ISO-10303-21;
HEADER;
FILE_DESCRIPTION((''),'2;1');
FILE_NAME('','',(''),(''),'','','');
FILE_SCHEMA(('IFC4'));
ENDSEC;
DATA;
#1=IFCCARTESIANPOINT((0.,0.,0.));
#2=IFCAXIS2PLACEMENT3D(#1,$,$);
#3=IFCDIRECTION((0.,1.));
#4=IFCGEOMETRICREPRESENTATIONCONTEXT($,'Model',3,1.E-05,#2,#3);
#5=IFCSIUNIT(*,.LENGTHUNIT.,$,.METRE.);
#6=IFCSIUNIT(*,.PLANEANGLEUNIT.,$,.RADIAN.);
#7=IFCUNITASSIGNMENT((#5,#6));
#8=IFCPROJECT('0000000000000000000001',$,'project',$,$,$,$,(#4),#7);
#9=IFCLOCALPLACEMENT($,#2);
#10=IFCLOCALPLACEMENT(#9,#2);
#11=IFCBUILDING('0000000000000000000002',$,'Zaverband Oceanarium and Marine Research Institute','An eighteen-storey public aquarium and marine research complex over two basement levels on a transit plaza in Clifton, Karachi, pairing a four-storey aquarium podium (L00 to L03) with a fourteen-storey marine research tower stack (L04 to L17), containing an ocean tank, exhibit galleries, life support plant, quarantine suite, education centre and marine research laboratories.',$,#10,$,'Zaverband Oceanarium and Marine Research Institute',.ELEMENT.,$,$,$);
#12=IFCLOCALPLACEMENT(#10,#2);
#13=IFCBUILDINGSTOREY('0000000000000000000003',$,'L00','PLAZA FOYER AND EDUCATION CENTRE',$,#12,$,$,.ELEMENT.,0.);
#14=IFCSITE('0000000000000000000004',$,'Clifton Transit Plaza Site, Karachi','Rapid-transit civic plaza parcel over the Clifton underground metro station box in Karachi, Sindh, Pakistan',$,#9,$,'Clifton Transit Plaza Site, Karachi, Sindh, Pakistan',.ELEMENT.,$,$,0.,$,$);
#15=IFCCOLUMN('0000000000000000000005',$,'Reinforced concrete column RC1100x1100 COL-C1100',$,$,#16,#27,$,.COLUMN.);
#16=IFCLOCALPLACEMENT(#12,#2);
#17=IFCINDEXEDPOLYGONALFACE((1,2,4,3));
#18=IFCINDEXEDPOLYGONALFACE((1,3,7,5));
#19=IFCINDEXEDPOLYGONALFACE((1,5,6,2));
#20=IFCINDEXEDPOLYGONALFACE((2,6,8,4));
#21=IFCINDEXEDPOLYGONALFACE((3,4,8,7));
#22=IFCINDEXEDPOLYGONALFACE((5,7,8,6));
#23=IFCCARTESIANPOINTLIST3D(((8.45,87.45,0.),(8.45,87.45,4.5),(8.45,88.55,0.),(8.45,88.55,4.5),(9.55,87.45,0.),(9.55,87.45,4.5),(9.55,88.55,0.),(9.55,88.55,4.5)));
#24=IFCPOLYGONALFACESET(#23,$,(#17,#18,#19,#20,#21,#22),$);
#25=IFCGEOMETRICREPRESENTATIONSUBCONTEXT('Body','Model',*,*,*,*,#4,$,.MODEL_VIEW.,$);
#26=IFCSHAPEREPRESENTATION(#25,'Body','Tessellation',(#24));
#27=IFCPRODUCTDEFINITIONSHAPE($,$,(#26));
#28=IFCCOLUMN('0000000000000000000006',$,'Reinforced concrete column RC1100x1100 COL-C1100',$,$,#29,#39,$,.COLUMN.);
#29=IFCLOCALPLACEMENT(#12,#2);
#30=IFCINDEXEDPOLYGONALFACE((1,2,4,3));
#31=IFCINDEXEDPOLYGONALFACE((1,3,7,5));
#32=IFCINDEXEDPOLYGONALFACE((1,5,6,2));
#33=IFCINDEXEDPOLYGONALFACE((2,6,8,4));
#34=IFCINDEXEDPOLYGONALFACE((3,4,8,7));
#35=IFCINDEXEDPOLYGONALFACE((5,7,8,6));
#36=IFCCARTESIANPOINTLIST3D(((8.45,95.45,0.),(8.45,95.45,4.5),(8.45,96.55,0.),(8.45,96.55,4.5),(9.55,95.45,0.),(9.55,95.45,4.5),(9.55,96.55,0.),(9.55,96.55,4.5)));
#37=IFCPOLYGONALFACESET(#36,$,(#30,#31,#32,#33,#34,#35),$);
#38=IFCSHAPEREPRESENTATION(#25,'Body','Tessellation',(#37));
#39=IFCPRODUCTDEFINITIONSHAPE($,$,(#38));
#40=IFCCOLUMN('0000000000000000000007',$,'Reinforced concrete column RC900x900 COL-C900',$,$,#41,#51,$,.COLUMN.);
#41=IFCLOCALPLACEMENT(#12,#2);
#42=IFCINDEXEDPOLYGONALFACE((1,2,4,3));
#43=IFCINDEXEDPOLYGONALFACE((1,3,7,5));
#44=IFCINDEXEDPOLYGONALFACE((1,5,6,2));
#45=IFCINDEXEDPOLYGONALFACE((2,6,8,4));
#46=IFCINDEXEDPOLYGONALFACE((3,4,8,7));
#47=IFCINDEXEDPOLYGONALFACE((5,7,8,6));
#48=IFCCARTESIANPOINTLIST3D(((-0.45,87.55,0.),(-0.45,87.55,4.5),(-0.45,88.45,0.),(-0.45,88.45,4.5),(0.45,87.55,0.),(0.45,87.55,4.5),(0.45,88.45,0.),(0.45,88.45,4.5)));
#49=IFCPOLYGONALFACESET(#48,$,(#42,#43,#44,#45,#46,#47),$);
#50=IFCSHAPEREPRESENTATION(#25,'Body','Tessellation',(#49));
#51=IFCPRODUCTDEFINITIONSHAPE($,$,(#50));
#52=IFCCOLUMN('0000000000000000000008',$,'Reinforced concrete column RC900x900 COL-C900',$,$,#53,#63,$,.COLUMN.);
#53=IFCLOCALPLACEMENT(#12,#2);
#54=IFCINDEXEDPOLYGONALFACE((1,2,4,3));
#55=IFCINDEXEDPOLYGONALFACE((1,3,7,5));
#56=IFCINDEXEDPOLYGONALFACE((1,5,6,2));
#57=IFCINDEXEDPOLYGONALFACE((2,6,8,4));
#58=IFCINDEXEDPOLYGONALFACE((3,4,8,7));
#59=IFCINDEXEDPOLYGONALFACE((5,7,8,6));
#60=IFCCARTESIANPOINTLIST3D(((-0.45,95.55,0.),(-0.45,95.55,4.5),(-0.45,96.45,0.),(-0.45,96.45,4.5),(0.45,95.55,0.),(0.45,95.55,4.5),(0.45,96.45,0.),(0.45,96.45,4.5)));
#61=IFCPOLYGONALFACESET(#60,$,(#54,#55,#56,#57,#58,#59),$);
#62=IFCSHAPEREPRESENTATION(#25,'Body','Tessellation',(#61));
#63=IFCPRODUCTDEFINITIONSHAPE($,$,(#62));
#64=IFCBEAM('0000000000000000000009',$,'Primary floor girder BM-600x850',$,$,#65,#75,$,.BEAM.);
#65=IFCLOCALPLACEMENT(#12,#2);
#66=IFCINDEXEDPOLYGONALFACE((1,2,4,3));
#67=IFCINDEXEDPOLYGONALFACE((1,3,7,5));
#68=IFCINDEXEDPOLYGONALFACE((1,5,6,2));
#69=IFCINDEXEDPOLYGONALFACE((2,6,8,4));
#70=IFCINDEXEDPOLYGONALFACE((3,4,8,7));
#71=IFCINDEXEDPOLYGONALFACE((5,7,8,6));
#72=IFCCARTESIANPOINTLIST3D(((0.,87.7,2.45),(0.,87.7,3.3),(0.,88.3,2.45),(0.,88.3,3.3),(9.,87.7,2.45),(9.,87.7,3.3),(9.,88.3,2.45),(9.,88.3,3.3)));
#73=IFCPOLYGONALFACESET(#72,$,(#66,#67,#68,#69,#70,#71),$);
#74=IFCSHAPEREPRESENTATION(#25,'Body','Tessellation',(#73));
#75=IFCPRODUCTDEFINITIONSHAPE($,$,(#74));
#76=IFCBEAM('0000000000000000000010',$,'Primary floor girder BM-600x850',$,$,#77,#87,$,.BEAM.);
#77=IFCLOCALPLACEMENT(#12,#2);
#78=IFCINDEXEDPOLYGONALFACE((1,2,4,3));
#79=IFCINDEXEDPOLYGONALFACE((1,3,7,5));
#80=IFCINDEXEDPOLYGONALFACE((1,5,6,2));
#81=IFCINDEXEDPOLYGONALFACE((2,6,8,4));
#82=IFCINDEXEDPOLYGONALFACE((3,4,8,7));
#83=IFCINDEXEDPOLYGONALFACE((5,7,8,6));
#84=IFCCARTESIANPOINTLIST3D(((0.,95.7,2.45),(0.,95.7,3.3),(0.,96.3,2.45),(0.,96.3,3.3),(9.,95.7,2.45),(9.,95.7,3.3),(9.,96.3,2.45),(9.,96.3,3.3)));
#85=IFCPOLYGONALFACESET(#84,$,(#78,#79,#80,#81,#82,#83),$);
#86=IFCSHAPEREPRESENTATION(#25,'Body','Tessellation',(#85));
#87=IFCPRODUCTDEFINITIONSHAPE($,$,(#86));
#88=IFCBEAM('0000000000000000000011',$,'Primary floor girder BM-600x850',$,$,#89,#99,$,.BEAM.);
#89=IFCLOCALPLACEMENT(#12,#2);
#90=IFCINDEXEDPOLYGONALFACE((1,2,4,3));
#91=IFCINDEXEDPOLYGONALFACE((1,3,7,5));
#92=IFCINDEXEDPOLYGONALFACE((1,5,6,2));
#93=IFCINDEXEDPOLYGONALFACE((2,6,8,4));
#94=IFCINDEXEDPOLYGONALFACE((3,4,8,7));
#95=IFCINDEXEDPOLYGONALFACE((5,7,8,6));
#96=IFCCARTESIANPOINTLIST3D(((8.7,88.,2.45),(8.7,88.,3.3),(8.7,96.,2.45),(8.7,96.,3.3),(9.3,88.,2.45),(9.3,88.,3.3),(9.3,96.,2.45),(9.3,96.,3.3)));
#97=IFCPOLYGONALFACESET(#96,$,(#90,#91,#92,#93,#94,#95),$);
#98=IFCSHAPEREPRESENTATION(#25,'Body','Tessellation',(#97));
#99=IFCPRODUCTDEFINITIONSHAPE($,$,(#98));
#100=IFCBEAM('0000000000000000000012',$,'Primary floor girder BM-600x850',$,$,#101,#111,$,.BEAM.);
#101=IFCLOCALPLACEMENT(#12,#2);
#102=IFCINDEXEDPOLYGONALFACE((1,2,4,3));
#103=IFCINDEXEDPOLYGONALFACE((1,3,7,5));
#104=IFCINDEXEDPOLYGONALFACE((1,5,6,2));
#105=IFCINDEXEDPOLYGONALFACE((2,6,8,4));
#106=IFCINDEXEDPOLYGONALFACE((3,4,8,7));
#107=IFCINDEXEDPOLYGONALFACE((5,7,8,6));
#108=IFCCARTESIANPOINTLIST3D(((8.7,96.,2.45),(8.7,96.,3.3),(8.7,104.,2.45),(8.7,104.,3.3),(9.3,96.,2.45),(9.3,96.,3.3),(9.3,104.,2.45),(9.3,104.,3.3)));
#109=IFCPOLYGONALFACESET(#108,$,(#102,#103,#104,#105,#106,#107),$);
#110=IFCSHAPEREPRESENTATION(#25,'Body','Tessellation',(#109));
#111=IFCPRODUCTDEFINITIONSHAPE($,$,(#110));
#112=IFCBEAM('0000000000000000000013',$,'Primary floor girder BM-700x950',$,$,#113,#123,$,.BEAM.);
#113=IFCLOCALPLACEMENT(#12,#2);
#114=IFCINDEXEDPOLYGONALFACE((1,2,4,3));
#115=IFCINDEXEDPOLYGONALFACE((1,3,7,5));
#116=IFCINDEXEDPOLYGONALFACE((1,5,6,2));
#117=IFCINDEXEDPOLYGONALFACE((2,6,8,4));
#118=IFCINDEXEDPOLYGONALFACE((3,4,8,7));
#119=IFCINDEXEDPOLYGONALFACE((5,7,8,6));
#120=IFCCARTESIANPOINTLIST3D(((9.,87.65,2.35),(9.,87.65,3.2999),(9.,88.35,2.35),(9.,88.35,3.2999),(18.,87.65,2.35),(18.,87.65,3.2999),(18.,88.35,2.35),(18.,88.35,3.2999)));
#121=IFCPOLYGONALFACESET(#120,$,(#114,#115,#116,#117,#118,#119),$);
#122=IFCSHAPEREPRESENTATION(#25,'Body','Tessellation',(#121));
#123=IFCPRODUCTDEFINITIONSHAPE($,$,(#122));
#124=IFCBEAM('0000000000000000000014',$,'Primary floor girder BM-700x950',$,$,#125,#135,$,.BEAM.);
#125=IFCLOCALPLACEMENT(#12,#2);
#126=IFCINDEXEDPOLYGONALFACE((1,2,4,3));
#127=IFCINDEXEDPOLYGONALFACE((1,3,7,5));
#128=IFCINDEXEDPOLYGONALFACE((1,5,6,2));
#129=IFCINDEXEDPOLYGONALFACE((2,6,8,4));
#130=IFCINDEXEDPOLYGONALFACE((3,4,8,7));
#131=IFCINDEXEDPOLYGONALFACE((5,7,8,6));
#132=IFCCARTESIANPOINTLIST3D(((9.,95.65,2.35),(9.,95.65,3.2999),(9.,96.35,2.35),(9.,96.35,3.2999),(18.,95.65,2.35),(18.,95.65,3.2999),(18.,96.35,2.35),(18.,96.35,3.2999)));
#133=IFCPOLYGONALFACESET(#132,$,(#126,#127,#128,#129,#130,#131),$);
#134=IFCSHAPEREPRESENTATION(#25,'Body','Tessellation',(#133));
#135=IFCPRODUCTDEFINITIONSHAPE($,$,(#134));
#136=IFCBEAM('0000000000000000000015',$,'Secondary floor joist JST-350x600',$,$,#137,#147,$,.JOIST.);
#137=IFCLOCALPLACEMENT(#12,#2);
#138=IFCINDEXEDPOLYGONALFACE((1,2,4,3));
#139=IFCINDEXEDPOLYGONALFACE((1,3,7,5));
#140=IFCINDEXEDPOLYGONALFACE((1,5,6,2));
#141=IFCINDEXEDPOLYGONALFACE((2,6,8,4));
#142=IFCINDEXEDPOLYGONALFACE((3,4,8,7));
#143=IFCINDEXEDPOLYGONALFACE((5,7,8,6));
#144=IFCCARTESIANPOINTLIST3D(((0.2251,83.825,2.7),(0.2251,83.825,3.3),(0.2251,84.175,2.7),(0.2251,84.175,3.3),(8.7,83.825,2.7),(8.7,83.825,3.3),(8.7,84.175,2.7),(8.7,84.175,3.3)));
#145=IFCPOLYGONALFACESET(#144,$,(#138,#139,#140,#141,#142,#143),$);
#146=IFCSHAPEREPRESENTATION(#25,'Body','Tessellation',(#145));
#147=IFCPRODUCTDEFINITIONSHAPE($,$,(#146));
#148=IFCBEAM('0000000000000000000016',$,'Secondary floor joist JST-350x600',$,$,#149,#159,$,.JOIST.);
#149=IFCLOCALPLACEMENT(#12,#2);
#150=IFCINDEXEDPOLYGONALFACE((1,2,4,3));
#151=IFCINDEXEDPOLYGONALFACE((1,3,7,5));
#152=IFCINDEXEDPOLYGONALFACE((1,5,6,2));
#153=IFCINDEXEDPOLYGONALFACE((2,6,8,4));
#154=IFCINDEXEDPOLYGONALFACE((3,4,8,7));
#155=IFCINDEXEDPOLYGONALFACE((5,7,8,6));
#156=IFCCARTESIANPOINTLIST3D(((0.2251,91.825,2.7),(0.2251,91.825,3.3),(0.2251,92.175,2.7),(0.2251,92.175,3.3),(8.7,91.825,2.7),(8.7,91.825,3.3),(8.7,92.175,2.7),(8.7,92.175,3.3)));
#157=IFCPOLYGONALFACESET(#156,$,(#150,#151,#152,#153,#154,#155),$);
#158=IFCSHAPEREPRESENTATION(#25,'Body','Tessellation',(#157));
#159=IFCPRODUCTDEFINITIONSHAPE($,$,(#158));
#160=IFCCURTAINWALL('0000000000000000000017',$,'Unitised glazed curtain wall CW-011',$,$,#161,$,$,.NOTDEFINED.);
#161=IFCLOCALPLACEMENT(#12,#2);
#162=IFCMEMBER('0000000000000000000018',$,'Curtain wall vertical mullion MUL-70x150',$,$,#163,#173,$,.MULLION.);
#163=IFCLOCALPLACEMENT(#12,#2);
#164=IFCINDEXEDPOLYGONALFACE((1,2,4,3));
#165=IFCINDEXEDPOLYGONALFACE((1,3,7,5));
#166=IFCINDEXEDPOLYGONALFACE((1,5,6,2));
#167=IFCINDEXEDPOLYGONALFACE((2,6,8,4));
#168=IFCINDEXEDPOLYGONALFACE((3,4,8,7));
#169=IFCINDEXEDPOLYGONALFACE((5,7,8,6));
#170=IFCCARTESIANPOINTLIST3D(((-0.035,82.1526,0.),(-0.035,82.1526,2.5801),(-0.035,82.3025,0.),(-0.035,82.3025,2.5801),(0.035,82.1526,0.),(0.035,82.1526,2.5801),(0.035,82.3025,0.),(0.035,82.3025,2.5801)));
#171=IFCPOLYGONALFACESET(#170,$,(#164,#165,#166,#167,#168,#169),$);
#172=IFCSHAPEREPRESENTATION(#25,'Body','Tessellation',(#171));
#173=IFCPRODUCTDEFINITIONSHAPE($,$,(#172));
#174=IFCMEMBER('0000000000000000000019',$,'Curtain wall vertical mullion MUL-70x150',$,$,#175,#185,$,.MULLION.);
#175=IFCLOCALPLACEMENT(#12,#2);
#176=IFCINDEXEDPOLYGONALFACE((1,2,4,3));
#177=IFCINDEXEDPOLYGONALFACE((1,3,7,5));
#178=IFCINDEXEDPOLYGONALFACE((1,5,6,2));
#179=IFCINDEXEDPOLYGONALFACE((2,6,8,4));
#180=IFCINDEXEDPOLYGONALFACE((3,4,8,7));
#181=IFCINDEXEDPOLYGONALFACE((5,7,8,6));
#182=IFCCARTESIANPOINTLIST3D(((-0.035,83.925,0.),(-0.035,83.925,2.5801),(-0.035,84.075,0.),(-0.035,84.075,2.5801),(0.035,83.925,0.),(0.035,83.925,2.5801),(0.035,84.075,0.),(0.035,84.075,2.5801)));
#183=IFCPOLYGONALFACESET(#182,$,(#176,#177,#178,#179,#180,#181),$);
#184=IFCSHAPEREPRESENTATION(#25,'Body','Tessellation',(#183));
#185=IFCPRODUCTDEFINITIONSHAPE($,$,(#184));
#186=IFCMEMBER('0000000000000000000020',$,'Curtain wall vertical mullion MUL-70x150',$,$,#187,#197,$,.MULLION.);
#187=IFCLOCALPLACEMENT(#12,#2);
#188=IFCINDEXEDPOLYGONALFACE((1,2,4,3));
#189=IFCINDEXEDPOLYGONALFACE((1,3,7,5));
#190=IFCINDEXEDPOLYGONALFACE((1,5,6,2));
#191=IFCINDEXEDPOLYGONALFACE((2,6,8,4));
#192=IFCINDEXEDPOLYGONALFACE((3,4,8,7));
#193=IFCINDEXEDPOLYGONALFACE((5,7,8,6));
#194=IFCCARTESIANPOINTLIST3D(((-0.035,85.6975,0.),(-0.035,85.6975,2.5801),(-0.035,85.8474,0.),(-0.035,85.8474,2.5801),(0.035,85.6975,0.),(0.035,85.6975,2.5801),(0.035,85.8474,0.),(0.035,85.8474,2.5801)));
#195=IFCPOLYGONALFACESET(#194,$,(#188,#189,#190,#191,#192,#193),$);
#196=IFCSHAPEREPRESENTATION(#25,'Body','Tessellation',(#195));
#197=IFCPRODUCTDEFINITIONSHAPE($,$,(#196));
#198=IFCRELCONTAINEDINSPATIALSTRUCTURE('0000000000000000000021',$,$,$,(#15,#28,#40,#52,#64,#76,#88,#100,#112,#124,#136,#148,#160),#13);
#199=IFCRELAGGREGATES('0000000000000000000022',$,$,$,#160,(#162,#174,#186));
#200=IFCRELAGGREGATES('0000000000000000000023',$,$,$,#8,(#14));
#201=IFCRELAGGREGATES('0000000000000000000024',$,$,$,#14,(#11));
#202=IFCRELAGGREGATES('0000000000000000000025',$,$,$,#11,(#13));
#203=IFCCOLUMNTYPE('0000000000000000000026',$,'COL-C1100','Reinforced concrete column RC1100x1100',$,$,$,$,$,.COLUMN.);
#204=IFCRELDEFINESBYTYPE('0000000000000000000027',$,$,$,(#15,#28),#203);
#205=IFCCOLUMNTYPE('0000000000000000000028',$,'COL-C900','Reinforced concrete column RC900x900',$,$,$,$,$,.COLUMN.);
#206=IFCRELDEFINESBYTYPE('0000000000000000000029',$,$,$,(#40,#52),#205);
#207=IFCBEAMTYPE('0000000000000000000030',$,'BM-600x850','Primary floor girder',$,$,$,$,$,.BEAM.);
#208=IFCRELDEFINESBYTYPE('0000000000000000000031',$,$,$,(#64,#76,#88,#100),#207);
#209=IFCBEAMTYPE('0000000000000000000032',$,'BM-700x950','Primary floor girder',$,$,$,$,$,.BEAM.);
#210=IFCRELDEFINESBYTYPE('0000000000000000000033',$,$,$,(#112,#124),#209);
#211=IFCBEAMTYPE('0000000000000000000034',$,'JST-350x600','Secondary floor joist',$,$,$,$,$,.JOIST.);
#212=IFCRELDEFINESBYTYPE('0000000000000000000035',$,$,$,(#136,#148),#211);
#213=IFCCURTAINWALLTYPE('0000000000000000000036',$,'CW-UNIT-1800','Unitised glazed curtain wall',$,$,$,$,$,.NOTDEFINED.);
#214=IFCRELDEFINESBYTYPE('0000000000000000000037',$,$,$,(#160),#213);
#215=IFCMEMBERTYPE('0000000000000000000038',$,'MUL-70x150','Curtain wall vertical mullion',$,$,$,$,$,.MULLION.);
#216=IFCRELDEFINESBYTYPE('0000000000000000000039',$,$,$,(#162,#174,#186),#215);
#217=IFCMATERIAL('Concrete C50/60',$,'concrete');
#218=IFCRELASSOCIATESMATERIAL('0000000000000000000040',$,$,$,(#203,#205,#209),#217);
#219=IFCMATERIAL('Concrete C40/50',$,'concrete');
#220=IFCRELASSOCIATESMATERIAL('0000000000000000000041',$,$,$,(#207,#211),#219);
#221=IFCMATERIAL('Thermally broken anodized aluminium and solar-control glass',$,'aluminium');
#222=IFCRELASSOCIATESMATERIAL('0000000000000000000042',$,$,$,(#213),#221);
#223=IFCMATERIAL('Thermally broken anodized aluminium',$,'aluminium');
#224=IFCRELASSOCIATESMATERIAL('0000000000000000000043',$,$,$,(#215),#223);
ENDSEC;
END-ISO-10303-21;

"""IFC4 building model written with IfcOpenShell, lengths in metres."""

from ifc_helpers import new_model, si_unit, direction, frame, origin, origin_2d, place, context, subcontext, project, spatial, rectangle, extrude, material, material_profile, profile_set, type_object, element, aggregate, save


model = new_model("IFC4")

# Units and contexts
model_context = context("Model", 3, precision=1e-05, world=origin(), true_north=direction((0.0, 1.0)))
body_context = subcontext(model_context, "Body", "Model", "MODEL_VIEW")
ifc_project = project(units=[si_unit("LENGTHUNIT", "METRE"), si_unit("PLANEANGLEUNIT", "RADIAN")], contexts=[model_context])

# Site, building, storey
site_placement = place(None, origin())
site = spatial("IfcSite", under=ifc_project, at=site_placement, Name="Clifton Transit Plaza Site, Karachi", Description="Rapid-transit civic plaza parcel over the Clifton underground metro station box in Karachi, Sindh, Pakistan", LongName="Clifton Transit Plaza Site, Karachi, Sindh, Pakistan", CompositionType="ELEMENT", RefElevation=0.0)
building_placement = place(site_placement, origin())
building = spatial("IfcBuilding", under=site, at=building_placement, Name="Zaverband Oceanarium and Marine Research Institute", Description="An eighteen-storey public aquarium and marine research complex over two basement levels on a transit plaza in Clifton, Karachi, pairing a four-storey aquarium podium (L00 to L03) with a fourteen-storey marine research tower stack (L04 to L17), containing an ocean tank, exhibit galleries, life support plant, quarantine suite, education centre and marine research laboratories.", LongName="Zaverband Oceanarium and Marine Research Institute", CompositionType="ELEMENT")
storey_placement = place(building_placement, origin())
storey = spatial("IfcBuildingStorey", under=building, at=storey_placement, Name="L00", Description="PLAZA FOYER AND EDUCATION CENTRE", CompositionType="ELEMENT", Elevation=0.0)

# Columns
ifc_material_1 = material(Name="Concrete C50/60", Category="concrete")
ifc_material_profile_1 = material_profile(ifc_material_1, rectangle(XDim=1.1001, YDim=1.1001, at=origin_2d()), Name="RC1100x1100")
ifc_profile_set_1 = profile_set([ifc_material_profile_1], Name="Concrete C50/60")
column_type_1 = type_object("IfcColumnType", Name="COL-C1100", Description="Reinforced concrete column RC1100x1100", PredefinedType="COLUMN", material=ifc_profile_set_1)
for number, where, z_axis, x_axis, name in (
    (1, (9.0, 88.0, 0.0), (0.0, 0.0, 1.0), (1.0, 0.0, 0.0), "Reinforced concrete column RC1100x1100 COL-C1100"),
    (2, (9.0, 96.0, 0.0), (0.0, 0.0, 1.0), (1.0, 0.0, 0.0), "Reinforced concrete column RC1100x1100 COL-C1100"),
):
    element("IfcColumn", number, at=place(storey_placement, frame(where, z_axis=z_axis, x_axis=x_axis)), inside=storey, type_object=column_type_1, Name=name, PredefinedType="COLUMN", context=body_context, shape_type="SweptSolid", body=[
        extrude(rectangle(XDim=1.1001, YDim=1.1001, at=origin_2d()), origin(), (0.0, 0.0, 1.0), 4.5),
    ])
ifc_material_profile_2 = material_profile(ifc_material_1, rectangle(XDim=0.8999, YDim=0.8999, at=origin_2d()), Name="RC900x900")
ifc_profile_set_2 = profile_set([ifc_material_profile_2], Name="Concrete C50/60")
column_type_2 = type_object("IfcColumnType", Name="COL-C900", Description="Reinforced concrete column RC900x900", PredefinedType="COLUMN", material=ifc_profile_set_2)
for number, where, z_axis, x_axis, name in (
    (3, (0.0, 88.0, 0.0), (0.0, 0.0, 1.0), (1.0, 0.0, 0.0), "Reinforced concrete column RC900x900 COL-C900"),
    (4, (0.0, 96.0, 0.0), (0.0, 0.0, 1.0), (1.0, 0.0, 0.0), "Reinforced concrete column RC900x900 COL-C900"),
):
    element("IfcColumn", number, at=place(storey_placement, frame(where, z_axis=z_axis, x_axis=x_axis)), inside=storey, type_object=column_type_2, Name=name, PredefinedType="COLUMN", context=body_context, shape_type="SweptSolid", body=[
        extrude(rectangle(XDim=0.8999, YDim=0.8999, at=origin_2d()), origin(), (0.0, 0.0, 1.0), 4.5),
    ])

# Beams
ifc_material_2 = material(Name="Concrete C40/50", Category="concrete")
ifc_material_profile_3 = material_profile(ifc_material_2, rectangle(XDim=0.6001, YDim=0.8501, at=origin_2d()), Name="RC600x850")
ifc_profile_set_3 = profile_set([ifc_material_profile_3], Name="Concrete C40/50")
beam_type_1 = type_object("IfcBeamType", Name="BM-600x850", Description="Primary floor girder", PredefinedType="BEAM", material=ifc_profile_set_3)
for number, where, z_axis, x_axis, name in (
    (5, (0.0, 88.0, 2.875), (1.0, 0.0, 0.0), (0.0, 1.0, 0.0), "Primary floor girder BM-600x850"),
    (6, (0.0, 96.0, 2.875), (1.0, 0.0, 0.0), (0.0, 1.0, 0.0), "Primary floor girder BM-600x850"),
):
    element("IfcBeam", number, at=place(storey_placement, frame(where, z_axis=z_axis, x_axis=x_axis)), inside=storey, type_object=beam_type_1, Name=name, PredefinedType="BEAM", context=body_context, shape_type="SweptSolid", body=[
        extrude(rectangle(XDim=0.6001, YDim=0.8501, at=origin_2d()), origin(), (0.0, 0.0, 1.0), 9.0),
    ])
for number, where, z_axis, x_axis, name in (
    (7, (9.0, 88.0, 2.875), (0.0, 1.0, 0.0), (-1.0, 0.0, 0.0), "Primary floor girder BM-600x850"),
    (8, (9.0, 96.0, 2.875), (0.0, 1.0, 0.0), (-1.0, 0.0, 0.0), "Primary floor girder BM-600x850"),
):
    element("IfcBeam", number, at=place(storey_placement, frame(where, z_axis=z_axis, x_axis=x_axis)), inside=storey, type_object=beam_type_1, Name=name, PredefinedType="BEAM", context=body_context, shape_type="SweptSolid", body=[
        extrude(rectangle(XDim=0.6001, YDim=0.8501, at=origin_2d()), origin(), (0.0, 0.0, 1.0), 8.0),
    ])
ifc_material_profile_4 = material_profile(ifc_material_1, rectangle(XDim=0.7, YDim=0.95, at=origin_2d()), Name="RC700x950")
ifc_profile_set_4 = profile_set([ifc_material_profile_4], Name="Concrete C50/60")
beam_type_2 = type_object("IfcBeamType", Name="BM-700x950", Description="Primary floor girder", PredefinedType="BEAM", material=ifc_profile_set_4)
for number, where, z_axis, x_axis, name in (
    (9, (9.0, 88.0, 2.825), (1.0, 0.0, 0.0), (0.0, 1.0, 0.0), "Primary floor girder BM-700x950"),
    (10, (9.0, 96.0, 2.825), (1.0, 0.0, 0.0), (0.0, 1.0, 0.0), "Primary floor girder BM-700x950"),
):
    element("IfcBeam", number, at=place(storey_placement, frame(where, z_axis=z_axis, x_axis=x_axis)), inside=storey, type_object=beam_type_2, Name=name, PredefinedType="BEAM", context=body_context, shape_type="SweptSolid", body=[
        extrude(rectangle(XDim=0.7, YDim=0.95, at=origin_2d()), origin(), (0.0, 0.0, 1.0), 9.0),
    ])
ifc_material_profile_5 = material_profile(ifc_material_2, rectangle(XDim=0.3501, YDim=0.6001, at=origin_2d()), Name="RC350x600")
ifc_profile_set_5 = profile_set([ifc_material_profile_5], Name="Concrete C40/50")
beam_type_3 = type_object("IfcBeamType", Name="JST-350x600", Description="Secondary floor joist", PredefinedType="JOIST", material=ifc_profile_set_5)
for number, where, z_axis, x_axis, name in (
    (11, (0.2251, 84.0, 3.0), (1.0, 0.0, 0.0), (0.0, 1.0, 0.0), "Secondary floor joist JST-350x600"),
    (12, (0.2251, 92.0, 3.0), (1.0, 0.0, 0.0), (0.0, 1.0, 0.0), "Secondary floor joist JST-350x600"),
):
    element("IfcBeam", number, at=place(storey_placement, frame(where, z_axis=z_axis, x_axis=x_axis)), inside=storey, type_object=beam_type_3, Name=name, PredefinedType="JOIST", context=body_context, shape_type="SweptSolid", body=[
        extrude(rectangle(XDim=0.3501, YDim=0.6001, at=origin_2d()), origin(), (0.0, 0.0, 1.0), 8.4749),
    ])

# Curtain wall, members
ifc_material_3 = material(Name="Thermally broken anodized aluminium and solar-control glass", Category="aluminium")
curtain_wall_type = type_object("IfcCurtainWallType", Name="CW-UNIT-1800", Description="Unitised glazed curtain wall", PredefinedType="NOTDEFINED", material=ifc_material_3)
curtain_wall_placement = place(storey_placement, origin())
curtain_wall = element("IfcCurtainWall", 13, at=curtain_wall_placement, inside=storey, type_object=curtain_wall_type, Name="Unitised glazed curtain wall CW-011", PredefinedType="NOTDEFINED")
ifc_material_4 = material(Name="Thermally broken anodized aluminium", Category="aluminium")
ifc_material_profile_6 = material_profile(ifc_material_4, rectangle(XDim=0.0701, YDim=0.1499, at=origin_2d()), Name="AL-MUL-70x150")
ifc_profile_set_6 = profile_set([ifc_material_profile_6], Name="Thermally broken anodized aluminium")
member_type = type_object("IfcMemberType", Name="MUL-70x150", Description="Curtain wall vertical mullion", PredefinedType="MULLION", material=ifc_profile_set_6)
member_1_placement = place(storey_placement, frame((0.0, 82.2275, 0.0), z_axis=(0.0, 0.0, 1.0), x_axis=(1.0, 0.0, 0.0)))
member_1 = element("IfcMember", 14, at=member_1_placement, type_object=member_type, Name="Curtain wall vertical mullion MUL-70x150", PredefinedType="MULLION", context=body_context, shape_type="SweptSolid", body=[
    extrude(rectangle(XDim=0.0701, YDim=0.1499, at=origin_2d()), origin(), (0.0, 0.0, 1.0), 2.5801),
])
member_2_placement = place(storey_placement, frame((0.0, 84.0, 0.0), z_axis=(0.0, 0.0, 1.0), x_axis=(1.0, 0.0, 0.0)))
member_2 = element("IfcMember", 15, at=member_2_placement, type_object=member_type, Name="Curtain wall vertical mullion MUL-70x150", PredefinedType="MULLION", context=body_context, shape_type="SweptSolid", body=[
    extrude(rectangle(XDim=0.0701, YDim=0.1499, at=origin_2d()), origin(), (0.0, 0.0, 1.0), 2.5801),
])
member_3_placement = place(storey_placement, frame((0.0, 85.7725, 0.0), z_axis=(0.0, 0.0, 1.0), x_axis=(1.0, 0.0, 0.0)))
member_3 = element("IfcMember", 16, at=member_3_placement, type_object=member_type, Name="Curtain wall vertical mullion MUL-70x150", PredefinedType="MULLION", context=body_context, shape_type="SweptSolid", body=[
    extrude(rectangle(XDim=0.0701, YDim=0.1499, at=origin_2d()), origin(), (0.0, 0.0, 1.0), 2.5801),
])

aggregate(curtain_wall, [member_1, member_2, member_3])

save(model, "model.ifc")
